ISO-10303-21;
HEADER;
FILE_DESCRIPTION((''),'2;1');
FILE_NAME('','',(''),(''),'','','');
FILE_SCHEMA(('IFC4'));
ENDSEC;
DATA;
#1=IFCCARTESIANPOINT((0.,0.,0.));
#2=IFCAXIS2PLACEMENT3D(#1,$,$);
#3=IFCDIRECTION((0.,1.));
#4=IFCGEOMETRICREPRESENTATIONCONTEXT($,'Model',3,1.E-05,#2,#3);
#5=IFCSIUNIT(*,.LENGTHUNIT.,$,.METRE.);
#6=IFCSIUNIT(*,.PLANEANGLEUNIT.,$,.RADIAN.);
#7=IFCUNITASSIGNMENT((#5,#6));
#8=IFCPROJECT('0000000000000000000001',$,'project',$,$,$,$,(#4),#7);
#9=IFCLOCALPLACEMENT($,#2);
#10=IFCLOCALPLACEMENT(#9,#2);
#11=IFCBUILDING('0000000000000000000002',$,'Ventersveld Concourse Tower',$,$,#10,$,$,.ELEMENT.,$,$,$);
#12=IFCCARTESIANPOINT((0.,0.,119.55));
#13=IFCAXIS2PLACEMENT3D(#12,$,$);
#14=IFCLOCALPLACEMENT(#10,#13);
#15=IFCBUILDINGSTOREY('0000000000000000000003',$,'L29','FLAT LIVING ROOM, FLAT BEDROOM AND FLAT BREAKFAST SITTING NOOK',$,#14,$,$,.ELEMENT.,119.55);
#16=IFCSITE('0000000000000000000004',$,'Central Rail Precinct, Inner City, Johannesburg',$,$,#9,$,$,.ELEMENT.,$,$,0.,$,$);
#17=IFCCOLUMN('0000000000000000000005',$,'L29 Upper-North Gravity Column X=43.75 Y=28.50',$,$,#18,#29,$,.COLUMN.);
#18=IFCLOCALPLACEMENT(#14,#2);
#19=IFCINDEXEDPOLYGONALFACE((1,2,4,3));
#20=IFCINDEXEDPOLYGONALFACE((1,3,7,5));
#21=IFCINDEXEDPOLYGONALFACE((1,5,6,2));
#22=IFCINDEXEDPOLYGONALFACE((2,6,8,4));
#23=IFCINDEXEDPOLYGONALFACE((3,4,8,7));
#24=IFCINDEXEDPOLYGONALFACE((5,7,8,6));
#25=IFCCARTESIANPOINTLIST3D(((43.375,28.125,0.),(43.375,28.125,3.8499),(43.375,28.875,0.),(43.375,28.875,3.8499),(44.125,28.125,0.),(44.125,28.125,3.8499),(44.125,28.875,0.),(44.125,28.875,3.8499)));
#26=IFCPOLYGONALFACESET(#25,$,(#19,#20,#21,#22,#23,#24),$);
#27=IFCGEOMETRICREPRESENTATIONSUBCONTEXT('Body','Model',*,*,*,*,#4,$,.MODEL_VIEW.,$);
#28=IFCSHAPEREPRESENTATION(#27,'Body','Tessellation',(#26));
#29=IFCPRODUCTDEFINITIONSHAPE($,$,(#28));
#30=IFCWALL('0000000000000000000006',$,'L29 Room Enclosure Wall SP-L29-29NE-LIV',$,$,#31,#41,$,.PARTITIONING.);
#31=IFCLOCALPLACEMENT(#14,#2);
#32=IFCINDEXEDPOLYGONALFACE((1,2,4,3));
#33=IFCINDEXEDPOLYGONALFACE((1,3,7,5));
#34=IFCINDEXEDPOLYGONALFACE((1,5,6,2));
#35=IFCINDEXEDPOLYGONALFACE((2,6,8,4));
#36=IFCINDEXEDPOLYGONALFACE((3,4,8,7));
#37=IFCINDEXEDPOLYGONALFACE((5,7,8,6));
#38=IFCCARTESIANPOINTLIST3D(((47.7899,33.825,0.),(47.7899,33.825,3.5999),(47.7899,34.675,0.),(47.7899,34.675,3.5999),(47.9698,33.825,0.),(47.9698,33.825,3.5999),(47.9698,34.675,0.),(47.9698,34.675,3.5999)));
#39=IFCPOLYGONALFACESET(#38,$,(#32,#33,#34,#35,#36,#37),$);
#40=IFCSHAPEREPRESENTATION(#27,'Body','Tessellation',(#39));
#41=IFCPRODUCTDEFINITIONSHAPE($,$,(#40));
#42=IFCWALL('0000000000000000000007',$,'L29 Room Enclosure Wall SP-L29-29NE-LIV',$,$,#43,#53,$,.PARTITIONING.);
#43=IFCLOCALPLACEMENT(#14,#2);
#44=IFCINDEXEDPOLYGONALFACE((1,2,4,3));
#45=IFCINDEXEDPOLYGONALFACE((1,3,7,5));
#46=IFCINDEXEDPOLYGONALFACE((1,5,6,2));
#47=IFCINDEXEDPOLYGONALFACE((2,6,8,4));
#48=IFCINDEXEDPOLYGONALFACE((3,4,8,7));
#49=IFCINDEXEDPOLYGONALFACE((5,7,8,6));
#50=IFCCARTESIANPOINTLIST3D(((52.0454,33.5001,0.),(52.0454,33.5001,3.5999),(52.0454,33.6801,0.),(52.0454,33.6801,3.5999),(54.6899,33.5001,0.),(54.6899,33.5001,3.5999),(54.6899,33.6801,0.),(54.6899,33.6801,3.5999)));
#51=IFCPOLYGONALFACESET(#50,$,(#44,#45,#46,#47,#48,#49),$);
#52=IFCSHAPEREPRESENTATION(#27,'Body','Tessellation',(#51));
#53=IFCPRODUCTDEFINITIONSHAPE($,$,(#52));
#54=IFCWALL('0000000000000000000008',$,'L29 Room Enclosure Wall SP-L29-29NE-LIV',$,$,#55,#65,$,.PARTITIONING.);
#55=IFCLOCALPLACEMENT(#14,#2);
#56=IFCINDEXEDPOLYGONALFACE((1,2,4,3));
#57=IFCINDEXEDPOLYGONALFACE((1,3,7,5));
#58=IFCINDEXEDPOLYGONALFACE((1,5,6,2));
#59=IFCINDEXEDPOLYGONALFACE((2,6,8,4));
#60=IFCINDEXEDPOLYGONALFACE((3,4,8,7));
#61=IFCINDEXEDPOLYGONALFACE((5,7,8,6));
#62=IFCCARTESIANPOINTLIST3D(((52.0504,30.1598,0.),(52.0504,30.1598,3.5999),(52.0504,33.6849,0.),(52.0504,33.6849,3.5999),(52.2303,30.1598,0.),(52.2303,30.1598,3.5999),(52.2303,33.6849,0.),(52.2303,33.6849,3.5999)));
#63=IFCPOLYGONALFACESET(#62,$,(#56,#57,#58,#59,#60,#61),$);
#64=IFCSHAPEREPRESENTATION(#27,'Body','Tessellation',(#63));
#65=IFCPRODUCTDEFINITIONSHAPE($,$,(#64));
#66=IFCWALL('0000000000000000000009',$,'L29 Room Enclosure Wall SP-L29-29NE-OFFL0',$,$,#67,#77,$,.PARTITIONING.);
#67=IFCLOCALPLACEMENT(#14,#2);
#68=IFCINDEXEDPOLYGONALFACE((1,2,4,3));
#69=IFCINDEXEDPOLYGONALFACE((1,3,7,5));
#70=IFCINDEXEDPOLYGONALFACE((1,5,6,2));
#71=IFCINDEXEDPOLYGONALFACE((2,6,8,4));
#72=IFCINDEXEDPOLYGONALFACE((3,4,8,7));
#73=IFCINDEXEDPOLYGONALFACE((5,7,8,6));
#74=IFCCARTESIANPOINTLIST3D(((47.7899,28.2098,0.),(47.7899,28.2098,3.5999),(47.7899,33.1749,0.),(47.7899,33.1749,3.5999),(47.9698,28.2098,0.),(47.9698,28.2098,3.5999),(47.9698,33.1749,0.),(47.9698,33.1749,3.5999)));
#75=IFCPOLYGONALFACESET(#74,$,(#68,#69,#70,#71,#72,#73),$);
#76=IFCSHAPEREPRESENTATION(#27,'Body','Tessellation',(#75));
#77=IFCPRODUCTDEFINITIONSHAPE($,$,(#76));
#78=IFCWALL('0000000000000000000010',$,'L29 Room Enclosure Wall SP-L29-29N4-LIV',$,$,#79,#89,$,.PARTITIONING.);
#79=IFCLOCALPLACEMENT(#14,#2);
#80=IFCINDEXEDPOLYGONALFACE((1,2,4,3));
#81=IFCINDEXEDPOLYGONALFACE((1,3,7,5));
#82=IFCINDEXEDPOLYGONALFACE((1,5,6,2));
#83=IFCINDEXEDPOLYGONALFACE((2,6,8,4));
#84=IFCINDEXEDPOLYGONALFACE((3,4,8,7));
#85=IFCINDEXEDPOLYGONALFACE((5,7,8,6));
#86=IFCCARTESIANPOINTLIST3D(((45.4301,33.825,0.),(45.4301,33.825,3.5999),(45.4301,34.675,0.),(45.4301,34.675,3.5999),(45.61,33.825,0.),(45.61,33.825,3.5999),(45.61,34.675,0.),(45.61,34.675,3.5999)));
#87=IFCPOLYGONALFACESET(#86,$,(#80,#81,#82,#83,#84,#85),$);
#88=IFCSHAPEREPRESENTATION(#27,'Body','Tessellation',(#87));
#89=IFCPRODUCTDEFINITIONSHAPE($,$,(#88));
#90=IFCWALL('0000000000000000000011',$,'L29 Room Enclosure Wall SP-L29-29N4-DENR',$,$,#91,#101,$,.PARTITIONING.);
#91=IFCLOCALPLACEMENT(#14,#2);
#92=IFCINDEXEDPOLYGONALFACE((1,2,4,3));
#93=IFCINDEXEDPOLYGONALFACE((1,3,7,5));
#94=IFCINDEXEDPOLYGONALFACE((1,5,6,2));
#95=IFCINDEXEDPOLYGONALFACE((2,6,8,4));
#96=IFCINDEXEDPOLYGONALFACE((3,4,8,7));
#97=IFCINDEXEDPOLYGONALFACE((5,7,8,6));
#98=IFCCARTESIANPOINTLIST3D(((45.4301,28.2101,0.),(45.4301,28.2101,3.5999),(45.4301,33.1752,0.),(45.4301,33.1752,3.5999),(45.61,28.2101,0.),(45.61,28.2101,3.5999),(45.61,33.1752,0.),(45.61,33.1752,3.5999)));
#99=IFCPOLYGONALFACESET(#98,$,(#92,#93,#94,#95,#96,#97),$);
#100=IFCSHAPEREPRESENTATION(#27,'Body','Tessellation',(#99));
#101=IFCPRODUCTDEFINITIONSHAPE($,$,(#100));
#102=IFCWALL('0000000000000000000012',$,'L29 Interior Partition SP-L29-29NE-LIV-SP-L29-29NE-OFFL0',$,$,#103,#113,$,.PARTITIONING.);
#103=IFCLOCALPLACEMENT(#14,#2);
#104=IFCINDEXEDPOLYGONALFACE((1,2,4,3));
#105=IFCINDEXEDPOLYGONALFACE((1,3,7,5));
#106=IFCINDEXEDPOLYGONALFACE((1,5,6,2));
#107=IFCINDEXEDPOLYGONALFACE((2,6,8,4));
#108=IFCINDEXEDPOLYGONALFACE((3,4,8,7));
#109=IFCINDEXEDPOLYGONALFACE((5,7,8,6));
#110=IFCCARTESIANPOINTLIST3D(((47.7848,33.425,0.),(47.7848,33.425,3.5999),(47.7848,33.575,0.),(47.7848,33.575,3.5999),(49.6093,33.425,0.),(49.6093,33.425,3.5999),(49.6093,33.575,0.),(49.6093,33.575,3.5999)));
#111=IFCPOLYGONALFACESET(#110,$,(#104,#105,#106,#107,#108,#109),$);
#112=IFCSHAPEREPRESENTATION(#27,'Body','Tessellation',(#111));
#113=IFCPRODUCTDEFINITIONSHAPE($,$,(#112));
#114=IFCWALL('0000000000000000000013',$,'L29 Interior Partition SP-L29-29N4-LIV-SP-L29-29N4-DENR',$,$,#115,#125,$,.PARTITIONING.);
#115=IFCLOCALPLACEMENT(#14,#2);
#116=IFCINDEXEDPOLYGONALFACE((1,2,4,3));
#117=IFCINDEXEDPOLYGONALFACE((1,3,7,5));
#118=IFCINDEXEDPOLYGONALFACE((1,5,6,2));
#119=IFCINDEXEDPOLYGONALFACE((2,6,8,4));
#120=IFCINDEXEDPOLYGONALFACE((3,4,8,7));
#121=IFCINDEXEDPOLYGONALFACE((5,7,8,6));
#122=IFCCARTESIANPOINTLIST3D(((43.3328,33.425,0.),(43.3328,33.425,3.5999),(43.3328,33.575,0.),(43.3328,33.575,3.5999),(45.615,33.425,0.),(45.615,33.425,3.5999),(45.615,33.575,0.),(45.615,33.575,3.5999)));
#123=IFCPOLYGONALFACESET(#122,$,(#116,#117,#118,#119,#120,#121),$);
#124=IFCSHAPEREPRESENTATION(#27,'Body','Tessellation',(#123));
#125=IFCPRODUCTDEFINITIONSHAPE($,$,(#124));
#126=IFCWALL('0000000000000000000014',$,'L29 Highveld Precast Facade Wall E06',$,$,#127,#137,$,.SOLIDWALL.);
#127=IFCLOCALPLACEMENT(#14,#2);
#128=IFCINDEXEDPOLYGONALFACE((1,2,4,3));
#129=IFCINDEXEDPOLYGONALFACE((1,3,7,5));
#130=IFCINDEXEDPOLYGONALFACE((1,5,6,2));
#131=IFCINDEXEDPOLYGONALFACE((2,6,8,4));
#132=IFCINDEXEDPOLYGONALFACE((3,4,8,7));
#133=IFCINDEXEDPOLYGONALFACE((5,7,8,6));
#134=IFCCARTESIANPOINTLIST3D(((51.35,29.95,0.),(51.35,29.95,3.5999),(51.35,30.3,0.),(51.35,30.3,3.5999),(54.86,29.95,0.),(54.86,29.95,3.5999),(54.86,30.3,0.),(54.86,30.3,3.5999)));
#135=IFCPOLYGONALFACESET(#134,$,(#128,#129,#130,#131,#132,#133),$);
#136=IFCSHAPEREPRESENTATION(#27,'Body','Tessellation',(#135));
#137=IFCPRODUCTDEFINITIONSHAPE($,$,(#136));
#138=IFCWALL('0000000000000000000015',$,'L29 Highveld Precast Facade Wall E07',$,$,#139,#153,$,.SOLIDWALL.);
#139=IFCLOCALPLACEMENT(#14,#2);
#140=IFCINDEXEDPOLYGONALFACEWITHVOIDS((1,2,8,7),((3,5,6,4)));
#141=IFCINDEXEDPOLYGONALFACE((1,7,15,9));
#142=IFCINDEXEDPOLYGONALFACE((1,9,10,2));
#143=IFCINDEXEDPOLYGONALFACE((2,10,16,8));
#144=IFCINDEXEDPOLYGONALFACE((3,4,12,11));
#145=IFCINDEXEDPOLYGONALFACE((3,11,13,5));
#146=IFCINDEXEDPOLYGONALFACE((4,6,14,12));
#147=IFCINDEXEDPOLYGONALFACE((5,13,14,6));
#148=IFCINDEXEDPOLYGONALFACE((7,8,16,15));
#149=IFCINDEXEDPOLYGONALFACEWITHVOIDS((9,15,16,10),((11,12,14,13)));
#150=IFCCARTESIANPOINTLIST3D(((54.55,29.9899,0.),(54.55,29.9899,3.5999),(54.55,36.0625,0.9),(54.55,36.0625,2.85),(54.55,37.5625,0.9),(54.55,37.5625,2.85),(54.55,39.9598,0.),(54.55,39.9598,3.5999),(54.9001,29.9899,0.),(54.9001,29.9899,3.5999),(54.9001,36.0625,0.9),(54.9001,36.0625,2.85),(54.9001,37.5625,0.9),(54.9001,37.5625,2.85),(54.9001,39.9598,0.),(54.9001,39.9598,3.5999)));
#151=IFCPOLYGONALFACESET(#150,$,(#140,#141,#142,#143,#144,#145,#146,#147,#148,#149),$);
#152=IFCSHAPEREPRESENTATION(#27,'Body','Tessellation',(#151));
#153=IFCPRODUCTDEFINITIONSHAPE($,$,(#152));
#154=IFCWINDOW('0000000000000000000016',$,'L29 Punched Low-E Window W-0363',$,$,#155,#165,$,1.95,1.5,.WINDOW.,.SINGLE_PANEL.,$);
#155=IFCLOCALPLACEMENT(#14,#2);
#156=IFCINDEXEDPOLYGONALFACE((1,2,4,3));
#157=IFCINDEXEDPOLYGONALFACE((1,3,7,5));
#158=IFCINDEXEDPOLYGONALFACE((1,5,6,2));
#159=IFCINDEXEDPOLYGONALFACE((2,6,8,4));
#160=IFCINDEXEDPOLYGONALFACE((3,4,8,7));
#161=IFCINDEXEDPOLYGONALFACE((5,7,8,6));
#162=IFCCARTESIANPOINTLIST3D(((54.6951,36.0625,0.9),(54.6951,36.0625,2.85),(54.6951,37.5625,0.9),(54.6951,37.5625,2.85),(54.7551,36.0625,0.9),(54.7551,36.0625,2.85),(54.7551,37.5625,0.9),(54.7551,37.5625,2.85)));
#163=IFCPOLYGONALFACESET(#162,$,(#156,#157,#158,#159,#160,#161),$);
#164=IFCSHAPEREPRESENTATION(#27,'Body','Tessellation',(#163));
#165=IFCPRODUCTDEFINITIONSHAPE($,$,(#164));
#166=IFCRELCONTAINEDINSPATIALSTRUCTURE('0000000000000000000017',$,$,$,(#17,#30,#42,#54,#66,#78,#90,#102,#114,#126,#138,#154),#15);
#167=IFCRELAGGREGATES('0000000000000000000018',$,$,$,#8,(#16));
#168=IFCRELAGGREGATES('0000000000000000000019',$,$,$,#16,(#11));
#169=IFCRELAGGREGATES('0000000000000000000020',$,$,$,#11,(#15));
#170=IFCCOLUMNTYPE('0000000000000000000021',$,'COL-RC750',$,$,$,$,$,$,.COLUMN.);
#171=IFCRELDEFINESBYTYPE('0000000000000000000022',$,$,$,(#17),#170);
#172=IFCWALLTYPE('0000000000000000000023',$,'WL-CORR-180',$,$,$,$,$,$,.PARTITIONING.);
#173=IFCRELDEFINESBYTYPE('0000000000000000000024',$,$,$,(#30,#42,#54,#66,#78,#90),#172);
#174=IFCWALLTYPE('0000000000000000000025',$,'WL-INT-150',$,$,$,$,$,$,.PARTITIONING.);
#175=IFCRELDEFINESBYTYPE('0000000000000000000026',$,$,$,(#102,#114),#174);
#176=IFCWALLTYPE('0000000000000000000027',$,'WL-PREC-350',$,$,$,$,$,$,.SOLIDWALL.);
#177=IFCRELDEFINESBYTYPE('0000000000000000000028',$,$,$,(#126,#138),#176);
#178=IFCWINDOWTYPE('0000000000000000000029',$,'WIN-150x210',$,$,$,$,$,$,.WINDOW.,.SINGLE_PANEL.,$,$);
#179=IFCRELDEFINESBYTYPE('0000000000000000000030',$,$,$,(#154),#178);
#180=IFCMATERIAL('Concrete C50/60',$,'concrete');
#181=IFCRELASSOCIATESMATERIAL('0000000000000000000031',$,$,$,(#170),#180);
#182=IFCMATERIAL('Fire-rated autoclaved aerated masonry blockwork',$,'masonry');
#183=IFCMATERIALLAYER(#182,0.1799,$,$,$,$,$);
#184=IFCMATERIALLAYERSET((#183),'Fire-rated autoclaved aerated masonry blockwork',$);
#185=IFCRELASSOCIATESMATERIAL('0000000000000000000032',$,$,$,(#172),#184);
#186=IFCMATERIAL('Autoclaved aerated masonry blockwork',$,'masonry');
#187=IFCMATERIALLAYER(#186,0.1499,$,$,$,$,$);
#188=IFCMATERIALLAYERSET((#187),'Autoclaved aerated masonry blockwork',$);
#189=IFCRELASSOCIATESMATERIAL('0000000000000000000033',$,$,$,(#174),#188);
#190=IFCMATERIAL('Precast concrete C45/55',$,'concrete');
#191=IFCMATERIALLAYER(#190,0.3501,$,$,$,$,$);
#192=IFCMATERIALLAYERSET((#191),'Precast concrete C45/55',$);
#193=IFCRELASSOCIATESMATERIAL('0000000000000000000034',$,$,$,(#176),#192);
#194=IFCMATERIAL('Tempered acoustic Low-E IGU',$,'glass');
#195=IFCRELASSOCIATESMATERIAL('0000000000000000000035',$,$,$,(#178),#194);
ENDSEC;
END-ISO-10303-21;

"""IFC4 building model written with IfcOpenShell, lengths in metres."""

from ifc_helpers import new_model, si_unit, direction, frame, frame_2d, origin, origin_2d, place, context, subcontext, project, spatial, rectangle, extrude, material, layer, layer_set, material_profile, profile_set, type_object, element, fill, save


model = new_model("IFC4")

# Units and contexts
model_context = context("Model", 3, precision=1e-05, world=origin(), true_north=direction((0.0, 1.0)))
body_context = subcontext(model_context, "Body", "Model", "MODEL_VIEW")
ifc_project = project(units=[si_unit("LENGTHUNIT", "METRE"), si_unit("PLANEANGLEUNIT", "RADIAN")], contexts=[model_context])

# Site, building, storey
site_placement = place(None, origin())
site = spatial("IfcSite", under=ifc_project, at=site_placement, Name="Central Rail Precinct, Inner City, Johannesburg", CompositionType="ELEMENT", RefElevation=0.0)
building_placement = place(site_placement, origin())
building = spatial("IfcBuilding", under=site, at=building_placement, Name="Ventersveld Concourse Tower", CompositionType="ELEMENT")
storey_placement = place(building_placement, frame((0.0, 0.0, 119.55)))
storey = spatial("IfcBuildingStorey", under=building, at=storey_placement, Name="L29", Description="FLAT LIVING ROOM, FLAT BEDROOM AND FLAT BREAKFAST SITTING NOOK", CompositionType="ELEMENT", Elevation=119.55)

# Column
ifc_material_1 = material(Name="Concrete C50/60", Category="concrete")
ifc_material_profile = material_profile(ifc_material_1, rectangle(XDim=0.75, YDim=0.75, at=origin_2d()), Name="RC 750x750")
ifc_profile_set = profile_set([ifc_material_profile], Name="Concrete C50/60")
column_type = type_object("IfcColumnType", Name="COL-RC750", PredefinedType="COLUMN", material=ifc_profile_set)
column_placement = place(storey_placement, frame((43.75, 28.5, 0.0), z_axis=(0.0, 0.0, 1.0), x_axis=(1.0, 0.0, 0.0)))
element("IfcColumn", 1, at=column_placement, inside=storey, type_object=column_type, Name="L29 Upper-North Gravity Column X=43.75 Y=28.50", PredefinedType="COLUMN", context=body_context, shape_type="SweptSolid", body=[
    extrude(rectangle(XDim=0.75, YDim=0.75, at=origin_2d()), origin(), (0.0, 0.0, 1.0), 3.8499),
])

# Walls
ifc_material_2 = material(Name="Fire-rated autoclaved aerated masonry blockwork", Category="masonry")
ifc_layer_1 = layer(ifc_material_2, 0.1799)
ifc_layer_set_1 = layer_set([ifc_layer_1], Name="Fire-rated autoclaved aerated masonry blockwork")
wall_type_1 = type_object("IfcWallType", Name="WL-CORR-180", PredefinedType="PARTITIONING", material=ifc_layer_set_1)
wall_1_placement = place(storey_placement, frame((47.8799, 33.825, 0.0), z_axis=(0.0, 0.0, 1.0), x_axis=(0.0, 1.0, 0.0)))
element("IfcWall", 2, at=wall_1_placement, inside=storey, type_object=wall_type_1, Name="L29 Room Enclosure Wall SP-L29-29NE-LIV", PredefinedType="PARTITIONING", context=body_context, shape_type="SweptSolid", body=[
    extrude(rectangle(XDim=0.8501, YDim=0.1799, at=frame_2d((0.425, 0.0))), origin(), (0.0, 0.0, 1.0), 3.5999),
])
wall_2_placement = place(storey_placement, frame((54.6899, 33.5901, 0.0), z_axis=(0.0, 0.0, 1.0), x_axis=(-1.0, 0.0, 0.0)))
element("IfcWall", 3, at=wall_2_placement, inside=storey, type_object=wall_type_1, Name="L29 Room Enclosure Wall SP-L29-29NE-LIV", PredefinedType="PARTITIONING", context=body_context, shape_type="SweptSolid", body=[
    extrude(rectangle(XDim=2.6445, YDim=0.1799, at=frame_2d((1.3223, 0.0))), origin(), (0.0, 0.0, 1.0), 3.5999),
])
wall_3_placement = place(storey_placement, frame((52.1404, 33.6851, 0.0), z_axis=(0.0, 0.0, 1.0), x_axis=(0.0, -1.0, 0.0)))
element("IfcWall", 4, at=wall_3_placement, inside=storey, type_object=wall_type_1, Name="L29 Room Enclosure Wall SP-L29-29NE-LIV", PredefinedType="PARTITIONING", context=body_context, shape_type="SweptSolid", body=[
    extrude(rectangle(XDim=3.5251, YDim=0.1799, at=frame_2d((1.7627, 0.0))), origin(), (0.0, 0.0, 1.0), 3.5999),
])
wall_4_placement = place(storey_placement, frame((47.8799, 28.21, 0.0), z_axis=(0.0, 0.0, 1.0), x_axis=(0.0, 1.0, 0.0)))
element("IfcWall", 5, at=wall_4_placement, inside=storey, type_object=wall_type_1, Name="L29 Room Enclosure Wall SP-L29-29NE-OFFL0", PredefinedType="PARTITIONING", context=body_context, shape_type="SweptSolid", body=[
    extrude(rectangle(XDim=4.9651, YDim=0.1799, at=frame_2d((2.4824, 0.0))), origin(), (0.0, 0.0, 1.0), 3.5999),
])
wall_5_placement = place(storey_placement, frame((45.52, 34.675, 0.0), z_axis=(0.0, 0.0, 1.0), x_axis=(0.0, -1.0, 0.0)))
element("IfcWall", 6, at=wall_5_placement, inside=storey, type_object=wall_type_1, Name="L29 Room Enclosure Wall SP-L29-29N4-LIV", PredefinedType="PARTITIONING", context=body_context, shape_type="SweptSolid", body=[
    extrude(rectangle(XDim=0.8501, YDim=0.1799, at=frame_2d((0.425, 0.0))), origin(), (0.0, 0.0, 1.0), 3.5999),
])
wall_6_placement = place(storey_placement, frame((45.52, 33.175, 0.0), z_axis=(0.0, 0.0, 1.0), x_axis=(0.0, -1.0, 0.0)))
element("IfcWall", 7, at=wall_6_placement, inside=storey, type_object=wall_type_1, Name="L29 Room Enclosure Wall SP-L29-29N4-DENR", PredefinedType="PARTITIONING", context=body_context, shape_type="SweptSolid", body=[
    extrude(rectangle(XDim=4.9651, YDim=0.1799, at=frame_2d((2.4824, 0.0))), origin(), (0.0, 0.0, 1.0), 3.5999),
])
ifc_material_3 = material(Name="Autoclaved aerated masonry blockwork", Category="masonry")
ifc_layer_2 = layer(ifc_material_3, 0.1499)
ifc_layer_set_2 = layer_set([ifc_layer_2], Name="Autoclaved aerated masonry blockwork")
wall_type_2 = type_object("IfcWallType", Name="WL-INT-150", PredefinedType="PARTITIONING", material=ifc_layer_set_2)
wall_7_placement = place(storey_placement, frame((47.7849, 33.5, 0.0), z_axis=(0.0, 0.0, 1.0), x_axis=(1.0, 0.0, 0.0)))
element("IfcWall", 8, at=wall_7_placement, inside=storey, type_object=wall_type_2, Name="L29 Interior Partition SP-L29-29NE-LIV-SP-L29-29NE-OFFL0", PredefinedType="PARTITIONING", context=body_context, shape_type="SweptSolid", body=[
    extrude(rectangle(XDim=1.8245, YDim=0.1499, at=frame_2d((0.9121, 0.0))), origin(), (0.0, 0.0, 1.0), 3.5999),
])
wall_8_placement = place(storey_placement, frame((43.3328, 33.5, 0.0), z_axis=(0.0, 0.0, 1.0), x_axis=(1.0, 0.0, 0.0)))
element("IfcWall", 9, at=wall_8_placement, inside=storey, type_object=wall_type_2, Name="L29 Interior Partition SP-L29-29N4-LIV-SP-L29-29N4-DENR", PredefinedType="PARTITIONING", context=body_context, shape_type="SweptSolid", body=[
    extrude(rectangle(XDim=2.2822, YDim=0.1499, at=frame_2d((1.1411, 0.0))), origin(), (0.0, 0.0, 1.0), 3.5999),
])
ifc_material_4 = material(Name="Precast concrete C45/55", Category="concrete")
ifc_layer_3 = layer(ifc_material_4, 0.3501)
ifc_layer_set_3 = layer_set([ifc_layer_3], Name="Precast concrete C45/55")
wall_type_3 = type_object("IfcWallType", Name="WL-PREC-350", PredefinedType="SOLIDWALL", material=ifc_layer_set_3)
wall_9_placement = place(storey_placement, frame((51.3501, 30.125, 0.0), z_axis=(0.0, 0.0, 1.0), x_axis=(1.0, 0.0, 0.0)))
element("IfcWall", 10, at=wall_9_placement, inside=storey, type_object=wall_type_3, Name="L29 Highveld Precast Facade Wall E06", PredefinedType="SOLIDWALL", context=body_context, shape_type="SweptSolid", body=[
    extrude(rectangle(XDim=3.51, YDim=0.3501, at=frame_2d((1.7549, 0.0))), origin(), (0.0, 0.0, 1.0), 3.5999),
])

# Wall, opening, window
wall_10_placement = place(storey_placement, frame((54.7251, 29.99, 0.0), z_axis=(0.0, 0.0, 1.0), x_axis=(0.0, 1.0, 0.0)))
wall_10 = element("IfcWall", 11, at=wall_10_placement, inside=storey, type_object=wall_type_3, Name="L29 Highveld Precast Facade Wall E07", PredefinedType="SOLIDWALL", context=body_context, shape_type="SweptSolid", body=[
    extrude(rectangle(XDim=9.97, YDim=0.3501, at=frame_2d((4.9849, 0.0))), origin(), (0.0, 0.0, 1.0), 3.5999),
])
opening_placement = place(wall_10_placement, frame((6.0725, 0.0, 0.8999)))
opening = element("IfcOpeningElement", 12, at=opening_placement, cuts=wall_10, PredefinedType="OPENING", context=body_context, shape_type="SweptSolid", body=[
    extrude(rectangle(XDim=1.5, YDim=1.95, at=frame_2d((0.75, 0.9751))), frame((0.0, 0.1851, 0.0), z_axis=(0.0, -1.0, 0.0), x_axis=(1.0, 0.0, 0.0)), (0.0, 0.0, 1.0), 0.3701),
])
ifc_material_5 = material(Name="Tempered acoustic Low-E IGU", Category="glass")
window_type = type_object("IfcWindowType", Name="WIN-150x210", PartitioningType="SINGLE_PANEL", PredefinedType="WINDOW", material=ifc_material_5)
window_placement = place(opening_placement, origin())
window = element("IfcWindow", 13, at=window_placement, inside=storey, type_object=window_type, Name="L29 Punched Low-E Window W-0363", OverallHeight=1.95, OverallWidth=1.5, PartitioningType="SINGLE_PANEL", PredefinedType="WINDOW", context=body_context, shape_type="SweptSolid", body=[
    extrude(rectangle(XDim=1.5, YDim=1.95, at=frame_2d((0.75, 0.9751))), frame((0.0, 0.03, 0.0), z_axis=(0.0, -1.0, 0.0), x_axis=(1.0, 0.0, 0.0)), (0.0, 0.0, 1.0), 0.0601),
])
fill(opening, window)

save(model, "model.ifc")
